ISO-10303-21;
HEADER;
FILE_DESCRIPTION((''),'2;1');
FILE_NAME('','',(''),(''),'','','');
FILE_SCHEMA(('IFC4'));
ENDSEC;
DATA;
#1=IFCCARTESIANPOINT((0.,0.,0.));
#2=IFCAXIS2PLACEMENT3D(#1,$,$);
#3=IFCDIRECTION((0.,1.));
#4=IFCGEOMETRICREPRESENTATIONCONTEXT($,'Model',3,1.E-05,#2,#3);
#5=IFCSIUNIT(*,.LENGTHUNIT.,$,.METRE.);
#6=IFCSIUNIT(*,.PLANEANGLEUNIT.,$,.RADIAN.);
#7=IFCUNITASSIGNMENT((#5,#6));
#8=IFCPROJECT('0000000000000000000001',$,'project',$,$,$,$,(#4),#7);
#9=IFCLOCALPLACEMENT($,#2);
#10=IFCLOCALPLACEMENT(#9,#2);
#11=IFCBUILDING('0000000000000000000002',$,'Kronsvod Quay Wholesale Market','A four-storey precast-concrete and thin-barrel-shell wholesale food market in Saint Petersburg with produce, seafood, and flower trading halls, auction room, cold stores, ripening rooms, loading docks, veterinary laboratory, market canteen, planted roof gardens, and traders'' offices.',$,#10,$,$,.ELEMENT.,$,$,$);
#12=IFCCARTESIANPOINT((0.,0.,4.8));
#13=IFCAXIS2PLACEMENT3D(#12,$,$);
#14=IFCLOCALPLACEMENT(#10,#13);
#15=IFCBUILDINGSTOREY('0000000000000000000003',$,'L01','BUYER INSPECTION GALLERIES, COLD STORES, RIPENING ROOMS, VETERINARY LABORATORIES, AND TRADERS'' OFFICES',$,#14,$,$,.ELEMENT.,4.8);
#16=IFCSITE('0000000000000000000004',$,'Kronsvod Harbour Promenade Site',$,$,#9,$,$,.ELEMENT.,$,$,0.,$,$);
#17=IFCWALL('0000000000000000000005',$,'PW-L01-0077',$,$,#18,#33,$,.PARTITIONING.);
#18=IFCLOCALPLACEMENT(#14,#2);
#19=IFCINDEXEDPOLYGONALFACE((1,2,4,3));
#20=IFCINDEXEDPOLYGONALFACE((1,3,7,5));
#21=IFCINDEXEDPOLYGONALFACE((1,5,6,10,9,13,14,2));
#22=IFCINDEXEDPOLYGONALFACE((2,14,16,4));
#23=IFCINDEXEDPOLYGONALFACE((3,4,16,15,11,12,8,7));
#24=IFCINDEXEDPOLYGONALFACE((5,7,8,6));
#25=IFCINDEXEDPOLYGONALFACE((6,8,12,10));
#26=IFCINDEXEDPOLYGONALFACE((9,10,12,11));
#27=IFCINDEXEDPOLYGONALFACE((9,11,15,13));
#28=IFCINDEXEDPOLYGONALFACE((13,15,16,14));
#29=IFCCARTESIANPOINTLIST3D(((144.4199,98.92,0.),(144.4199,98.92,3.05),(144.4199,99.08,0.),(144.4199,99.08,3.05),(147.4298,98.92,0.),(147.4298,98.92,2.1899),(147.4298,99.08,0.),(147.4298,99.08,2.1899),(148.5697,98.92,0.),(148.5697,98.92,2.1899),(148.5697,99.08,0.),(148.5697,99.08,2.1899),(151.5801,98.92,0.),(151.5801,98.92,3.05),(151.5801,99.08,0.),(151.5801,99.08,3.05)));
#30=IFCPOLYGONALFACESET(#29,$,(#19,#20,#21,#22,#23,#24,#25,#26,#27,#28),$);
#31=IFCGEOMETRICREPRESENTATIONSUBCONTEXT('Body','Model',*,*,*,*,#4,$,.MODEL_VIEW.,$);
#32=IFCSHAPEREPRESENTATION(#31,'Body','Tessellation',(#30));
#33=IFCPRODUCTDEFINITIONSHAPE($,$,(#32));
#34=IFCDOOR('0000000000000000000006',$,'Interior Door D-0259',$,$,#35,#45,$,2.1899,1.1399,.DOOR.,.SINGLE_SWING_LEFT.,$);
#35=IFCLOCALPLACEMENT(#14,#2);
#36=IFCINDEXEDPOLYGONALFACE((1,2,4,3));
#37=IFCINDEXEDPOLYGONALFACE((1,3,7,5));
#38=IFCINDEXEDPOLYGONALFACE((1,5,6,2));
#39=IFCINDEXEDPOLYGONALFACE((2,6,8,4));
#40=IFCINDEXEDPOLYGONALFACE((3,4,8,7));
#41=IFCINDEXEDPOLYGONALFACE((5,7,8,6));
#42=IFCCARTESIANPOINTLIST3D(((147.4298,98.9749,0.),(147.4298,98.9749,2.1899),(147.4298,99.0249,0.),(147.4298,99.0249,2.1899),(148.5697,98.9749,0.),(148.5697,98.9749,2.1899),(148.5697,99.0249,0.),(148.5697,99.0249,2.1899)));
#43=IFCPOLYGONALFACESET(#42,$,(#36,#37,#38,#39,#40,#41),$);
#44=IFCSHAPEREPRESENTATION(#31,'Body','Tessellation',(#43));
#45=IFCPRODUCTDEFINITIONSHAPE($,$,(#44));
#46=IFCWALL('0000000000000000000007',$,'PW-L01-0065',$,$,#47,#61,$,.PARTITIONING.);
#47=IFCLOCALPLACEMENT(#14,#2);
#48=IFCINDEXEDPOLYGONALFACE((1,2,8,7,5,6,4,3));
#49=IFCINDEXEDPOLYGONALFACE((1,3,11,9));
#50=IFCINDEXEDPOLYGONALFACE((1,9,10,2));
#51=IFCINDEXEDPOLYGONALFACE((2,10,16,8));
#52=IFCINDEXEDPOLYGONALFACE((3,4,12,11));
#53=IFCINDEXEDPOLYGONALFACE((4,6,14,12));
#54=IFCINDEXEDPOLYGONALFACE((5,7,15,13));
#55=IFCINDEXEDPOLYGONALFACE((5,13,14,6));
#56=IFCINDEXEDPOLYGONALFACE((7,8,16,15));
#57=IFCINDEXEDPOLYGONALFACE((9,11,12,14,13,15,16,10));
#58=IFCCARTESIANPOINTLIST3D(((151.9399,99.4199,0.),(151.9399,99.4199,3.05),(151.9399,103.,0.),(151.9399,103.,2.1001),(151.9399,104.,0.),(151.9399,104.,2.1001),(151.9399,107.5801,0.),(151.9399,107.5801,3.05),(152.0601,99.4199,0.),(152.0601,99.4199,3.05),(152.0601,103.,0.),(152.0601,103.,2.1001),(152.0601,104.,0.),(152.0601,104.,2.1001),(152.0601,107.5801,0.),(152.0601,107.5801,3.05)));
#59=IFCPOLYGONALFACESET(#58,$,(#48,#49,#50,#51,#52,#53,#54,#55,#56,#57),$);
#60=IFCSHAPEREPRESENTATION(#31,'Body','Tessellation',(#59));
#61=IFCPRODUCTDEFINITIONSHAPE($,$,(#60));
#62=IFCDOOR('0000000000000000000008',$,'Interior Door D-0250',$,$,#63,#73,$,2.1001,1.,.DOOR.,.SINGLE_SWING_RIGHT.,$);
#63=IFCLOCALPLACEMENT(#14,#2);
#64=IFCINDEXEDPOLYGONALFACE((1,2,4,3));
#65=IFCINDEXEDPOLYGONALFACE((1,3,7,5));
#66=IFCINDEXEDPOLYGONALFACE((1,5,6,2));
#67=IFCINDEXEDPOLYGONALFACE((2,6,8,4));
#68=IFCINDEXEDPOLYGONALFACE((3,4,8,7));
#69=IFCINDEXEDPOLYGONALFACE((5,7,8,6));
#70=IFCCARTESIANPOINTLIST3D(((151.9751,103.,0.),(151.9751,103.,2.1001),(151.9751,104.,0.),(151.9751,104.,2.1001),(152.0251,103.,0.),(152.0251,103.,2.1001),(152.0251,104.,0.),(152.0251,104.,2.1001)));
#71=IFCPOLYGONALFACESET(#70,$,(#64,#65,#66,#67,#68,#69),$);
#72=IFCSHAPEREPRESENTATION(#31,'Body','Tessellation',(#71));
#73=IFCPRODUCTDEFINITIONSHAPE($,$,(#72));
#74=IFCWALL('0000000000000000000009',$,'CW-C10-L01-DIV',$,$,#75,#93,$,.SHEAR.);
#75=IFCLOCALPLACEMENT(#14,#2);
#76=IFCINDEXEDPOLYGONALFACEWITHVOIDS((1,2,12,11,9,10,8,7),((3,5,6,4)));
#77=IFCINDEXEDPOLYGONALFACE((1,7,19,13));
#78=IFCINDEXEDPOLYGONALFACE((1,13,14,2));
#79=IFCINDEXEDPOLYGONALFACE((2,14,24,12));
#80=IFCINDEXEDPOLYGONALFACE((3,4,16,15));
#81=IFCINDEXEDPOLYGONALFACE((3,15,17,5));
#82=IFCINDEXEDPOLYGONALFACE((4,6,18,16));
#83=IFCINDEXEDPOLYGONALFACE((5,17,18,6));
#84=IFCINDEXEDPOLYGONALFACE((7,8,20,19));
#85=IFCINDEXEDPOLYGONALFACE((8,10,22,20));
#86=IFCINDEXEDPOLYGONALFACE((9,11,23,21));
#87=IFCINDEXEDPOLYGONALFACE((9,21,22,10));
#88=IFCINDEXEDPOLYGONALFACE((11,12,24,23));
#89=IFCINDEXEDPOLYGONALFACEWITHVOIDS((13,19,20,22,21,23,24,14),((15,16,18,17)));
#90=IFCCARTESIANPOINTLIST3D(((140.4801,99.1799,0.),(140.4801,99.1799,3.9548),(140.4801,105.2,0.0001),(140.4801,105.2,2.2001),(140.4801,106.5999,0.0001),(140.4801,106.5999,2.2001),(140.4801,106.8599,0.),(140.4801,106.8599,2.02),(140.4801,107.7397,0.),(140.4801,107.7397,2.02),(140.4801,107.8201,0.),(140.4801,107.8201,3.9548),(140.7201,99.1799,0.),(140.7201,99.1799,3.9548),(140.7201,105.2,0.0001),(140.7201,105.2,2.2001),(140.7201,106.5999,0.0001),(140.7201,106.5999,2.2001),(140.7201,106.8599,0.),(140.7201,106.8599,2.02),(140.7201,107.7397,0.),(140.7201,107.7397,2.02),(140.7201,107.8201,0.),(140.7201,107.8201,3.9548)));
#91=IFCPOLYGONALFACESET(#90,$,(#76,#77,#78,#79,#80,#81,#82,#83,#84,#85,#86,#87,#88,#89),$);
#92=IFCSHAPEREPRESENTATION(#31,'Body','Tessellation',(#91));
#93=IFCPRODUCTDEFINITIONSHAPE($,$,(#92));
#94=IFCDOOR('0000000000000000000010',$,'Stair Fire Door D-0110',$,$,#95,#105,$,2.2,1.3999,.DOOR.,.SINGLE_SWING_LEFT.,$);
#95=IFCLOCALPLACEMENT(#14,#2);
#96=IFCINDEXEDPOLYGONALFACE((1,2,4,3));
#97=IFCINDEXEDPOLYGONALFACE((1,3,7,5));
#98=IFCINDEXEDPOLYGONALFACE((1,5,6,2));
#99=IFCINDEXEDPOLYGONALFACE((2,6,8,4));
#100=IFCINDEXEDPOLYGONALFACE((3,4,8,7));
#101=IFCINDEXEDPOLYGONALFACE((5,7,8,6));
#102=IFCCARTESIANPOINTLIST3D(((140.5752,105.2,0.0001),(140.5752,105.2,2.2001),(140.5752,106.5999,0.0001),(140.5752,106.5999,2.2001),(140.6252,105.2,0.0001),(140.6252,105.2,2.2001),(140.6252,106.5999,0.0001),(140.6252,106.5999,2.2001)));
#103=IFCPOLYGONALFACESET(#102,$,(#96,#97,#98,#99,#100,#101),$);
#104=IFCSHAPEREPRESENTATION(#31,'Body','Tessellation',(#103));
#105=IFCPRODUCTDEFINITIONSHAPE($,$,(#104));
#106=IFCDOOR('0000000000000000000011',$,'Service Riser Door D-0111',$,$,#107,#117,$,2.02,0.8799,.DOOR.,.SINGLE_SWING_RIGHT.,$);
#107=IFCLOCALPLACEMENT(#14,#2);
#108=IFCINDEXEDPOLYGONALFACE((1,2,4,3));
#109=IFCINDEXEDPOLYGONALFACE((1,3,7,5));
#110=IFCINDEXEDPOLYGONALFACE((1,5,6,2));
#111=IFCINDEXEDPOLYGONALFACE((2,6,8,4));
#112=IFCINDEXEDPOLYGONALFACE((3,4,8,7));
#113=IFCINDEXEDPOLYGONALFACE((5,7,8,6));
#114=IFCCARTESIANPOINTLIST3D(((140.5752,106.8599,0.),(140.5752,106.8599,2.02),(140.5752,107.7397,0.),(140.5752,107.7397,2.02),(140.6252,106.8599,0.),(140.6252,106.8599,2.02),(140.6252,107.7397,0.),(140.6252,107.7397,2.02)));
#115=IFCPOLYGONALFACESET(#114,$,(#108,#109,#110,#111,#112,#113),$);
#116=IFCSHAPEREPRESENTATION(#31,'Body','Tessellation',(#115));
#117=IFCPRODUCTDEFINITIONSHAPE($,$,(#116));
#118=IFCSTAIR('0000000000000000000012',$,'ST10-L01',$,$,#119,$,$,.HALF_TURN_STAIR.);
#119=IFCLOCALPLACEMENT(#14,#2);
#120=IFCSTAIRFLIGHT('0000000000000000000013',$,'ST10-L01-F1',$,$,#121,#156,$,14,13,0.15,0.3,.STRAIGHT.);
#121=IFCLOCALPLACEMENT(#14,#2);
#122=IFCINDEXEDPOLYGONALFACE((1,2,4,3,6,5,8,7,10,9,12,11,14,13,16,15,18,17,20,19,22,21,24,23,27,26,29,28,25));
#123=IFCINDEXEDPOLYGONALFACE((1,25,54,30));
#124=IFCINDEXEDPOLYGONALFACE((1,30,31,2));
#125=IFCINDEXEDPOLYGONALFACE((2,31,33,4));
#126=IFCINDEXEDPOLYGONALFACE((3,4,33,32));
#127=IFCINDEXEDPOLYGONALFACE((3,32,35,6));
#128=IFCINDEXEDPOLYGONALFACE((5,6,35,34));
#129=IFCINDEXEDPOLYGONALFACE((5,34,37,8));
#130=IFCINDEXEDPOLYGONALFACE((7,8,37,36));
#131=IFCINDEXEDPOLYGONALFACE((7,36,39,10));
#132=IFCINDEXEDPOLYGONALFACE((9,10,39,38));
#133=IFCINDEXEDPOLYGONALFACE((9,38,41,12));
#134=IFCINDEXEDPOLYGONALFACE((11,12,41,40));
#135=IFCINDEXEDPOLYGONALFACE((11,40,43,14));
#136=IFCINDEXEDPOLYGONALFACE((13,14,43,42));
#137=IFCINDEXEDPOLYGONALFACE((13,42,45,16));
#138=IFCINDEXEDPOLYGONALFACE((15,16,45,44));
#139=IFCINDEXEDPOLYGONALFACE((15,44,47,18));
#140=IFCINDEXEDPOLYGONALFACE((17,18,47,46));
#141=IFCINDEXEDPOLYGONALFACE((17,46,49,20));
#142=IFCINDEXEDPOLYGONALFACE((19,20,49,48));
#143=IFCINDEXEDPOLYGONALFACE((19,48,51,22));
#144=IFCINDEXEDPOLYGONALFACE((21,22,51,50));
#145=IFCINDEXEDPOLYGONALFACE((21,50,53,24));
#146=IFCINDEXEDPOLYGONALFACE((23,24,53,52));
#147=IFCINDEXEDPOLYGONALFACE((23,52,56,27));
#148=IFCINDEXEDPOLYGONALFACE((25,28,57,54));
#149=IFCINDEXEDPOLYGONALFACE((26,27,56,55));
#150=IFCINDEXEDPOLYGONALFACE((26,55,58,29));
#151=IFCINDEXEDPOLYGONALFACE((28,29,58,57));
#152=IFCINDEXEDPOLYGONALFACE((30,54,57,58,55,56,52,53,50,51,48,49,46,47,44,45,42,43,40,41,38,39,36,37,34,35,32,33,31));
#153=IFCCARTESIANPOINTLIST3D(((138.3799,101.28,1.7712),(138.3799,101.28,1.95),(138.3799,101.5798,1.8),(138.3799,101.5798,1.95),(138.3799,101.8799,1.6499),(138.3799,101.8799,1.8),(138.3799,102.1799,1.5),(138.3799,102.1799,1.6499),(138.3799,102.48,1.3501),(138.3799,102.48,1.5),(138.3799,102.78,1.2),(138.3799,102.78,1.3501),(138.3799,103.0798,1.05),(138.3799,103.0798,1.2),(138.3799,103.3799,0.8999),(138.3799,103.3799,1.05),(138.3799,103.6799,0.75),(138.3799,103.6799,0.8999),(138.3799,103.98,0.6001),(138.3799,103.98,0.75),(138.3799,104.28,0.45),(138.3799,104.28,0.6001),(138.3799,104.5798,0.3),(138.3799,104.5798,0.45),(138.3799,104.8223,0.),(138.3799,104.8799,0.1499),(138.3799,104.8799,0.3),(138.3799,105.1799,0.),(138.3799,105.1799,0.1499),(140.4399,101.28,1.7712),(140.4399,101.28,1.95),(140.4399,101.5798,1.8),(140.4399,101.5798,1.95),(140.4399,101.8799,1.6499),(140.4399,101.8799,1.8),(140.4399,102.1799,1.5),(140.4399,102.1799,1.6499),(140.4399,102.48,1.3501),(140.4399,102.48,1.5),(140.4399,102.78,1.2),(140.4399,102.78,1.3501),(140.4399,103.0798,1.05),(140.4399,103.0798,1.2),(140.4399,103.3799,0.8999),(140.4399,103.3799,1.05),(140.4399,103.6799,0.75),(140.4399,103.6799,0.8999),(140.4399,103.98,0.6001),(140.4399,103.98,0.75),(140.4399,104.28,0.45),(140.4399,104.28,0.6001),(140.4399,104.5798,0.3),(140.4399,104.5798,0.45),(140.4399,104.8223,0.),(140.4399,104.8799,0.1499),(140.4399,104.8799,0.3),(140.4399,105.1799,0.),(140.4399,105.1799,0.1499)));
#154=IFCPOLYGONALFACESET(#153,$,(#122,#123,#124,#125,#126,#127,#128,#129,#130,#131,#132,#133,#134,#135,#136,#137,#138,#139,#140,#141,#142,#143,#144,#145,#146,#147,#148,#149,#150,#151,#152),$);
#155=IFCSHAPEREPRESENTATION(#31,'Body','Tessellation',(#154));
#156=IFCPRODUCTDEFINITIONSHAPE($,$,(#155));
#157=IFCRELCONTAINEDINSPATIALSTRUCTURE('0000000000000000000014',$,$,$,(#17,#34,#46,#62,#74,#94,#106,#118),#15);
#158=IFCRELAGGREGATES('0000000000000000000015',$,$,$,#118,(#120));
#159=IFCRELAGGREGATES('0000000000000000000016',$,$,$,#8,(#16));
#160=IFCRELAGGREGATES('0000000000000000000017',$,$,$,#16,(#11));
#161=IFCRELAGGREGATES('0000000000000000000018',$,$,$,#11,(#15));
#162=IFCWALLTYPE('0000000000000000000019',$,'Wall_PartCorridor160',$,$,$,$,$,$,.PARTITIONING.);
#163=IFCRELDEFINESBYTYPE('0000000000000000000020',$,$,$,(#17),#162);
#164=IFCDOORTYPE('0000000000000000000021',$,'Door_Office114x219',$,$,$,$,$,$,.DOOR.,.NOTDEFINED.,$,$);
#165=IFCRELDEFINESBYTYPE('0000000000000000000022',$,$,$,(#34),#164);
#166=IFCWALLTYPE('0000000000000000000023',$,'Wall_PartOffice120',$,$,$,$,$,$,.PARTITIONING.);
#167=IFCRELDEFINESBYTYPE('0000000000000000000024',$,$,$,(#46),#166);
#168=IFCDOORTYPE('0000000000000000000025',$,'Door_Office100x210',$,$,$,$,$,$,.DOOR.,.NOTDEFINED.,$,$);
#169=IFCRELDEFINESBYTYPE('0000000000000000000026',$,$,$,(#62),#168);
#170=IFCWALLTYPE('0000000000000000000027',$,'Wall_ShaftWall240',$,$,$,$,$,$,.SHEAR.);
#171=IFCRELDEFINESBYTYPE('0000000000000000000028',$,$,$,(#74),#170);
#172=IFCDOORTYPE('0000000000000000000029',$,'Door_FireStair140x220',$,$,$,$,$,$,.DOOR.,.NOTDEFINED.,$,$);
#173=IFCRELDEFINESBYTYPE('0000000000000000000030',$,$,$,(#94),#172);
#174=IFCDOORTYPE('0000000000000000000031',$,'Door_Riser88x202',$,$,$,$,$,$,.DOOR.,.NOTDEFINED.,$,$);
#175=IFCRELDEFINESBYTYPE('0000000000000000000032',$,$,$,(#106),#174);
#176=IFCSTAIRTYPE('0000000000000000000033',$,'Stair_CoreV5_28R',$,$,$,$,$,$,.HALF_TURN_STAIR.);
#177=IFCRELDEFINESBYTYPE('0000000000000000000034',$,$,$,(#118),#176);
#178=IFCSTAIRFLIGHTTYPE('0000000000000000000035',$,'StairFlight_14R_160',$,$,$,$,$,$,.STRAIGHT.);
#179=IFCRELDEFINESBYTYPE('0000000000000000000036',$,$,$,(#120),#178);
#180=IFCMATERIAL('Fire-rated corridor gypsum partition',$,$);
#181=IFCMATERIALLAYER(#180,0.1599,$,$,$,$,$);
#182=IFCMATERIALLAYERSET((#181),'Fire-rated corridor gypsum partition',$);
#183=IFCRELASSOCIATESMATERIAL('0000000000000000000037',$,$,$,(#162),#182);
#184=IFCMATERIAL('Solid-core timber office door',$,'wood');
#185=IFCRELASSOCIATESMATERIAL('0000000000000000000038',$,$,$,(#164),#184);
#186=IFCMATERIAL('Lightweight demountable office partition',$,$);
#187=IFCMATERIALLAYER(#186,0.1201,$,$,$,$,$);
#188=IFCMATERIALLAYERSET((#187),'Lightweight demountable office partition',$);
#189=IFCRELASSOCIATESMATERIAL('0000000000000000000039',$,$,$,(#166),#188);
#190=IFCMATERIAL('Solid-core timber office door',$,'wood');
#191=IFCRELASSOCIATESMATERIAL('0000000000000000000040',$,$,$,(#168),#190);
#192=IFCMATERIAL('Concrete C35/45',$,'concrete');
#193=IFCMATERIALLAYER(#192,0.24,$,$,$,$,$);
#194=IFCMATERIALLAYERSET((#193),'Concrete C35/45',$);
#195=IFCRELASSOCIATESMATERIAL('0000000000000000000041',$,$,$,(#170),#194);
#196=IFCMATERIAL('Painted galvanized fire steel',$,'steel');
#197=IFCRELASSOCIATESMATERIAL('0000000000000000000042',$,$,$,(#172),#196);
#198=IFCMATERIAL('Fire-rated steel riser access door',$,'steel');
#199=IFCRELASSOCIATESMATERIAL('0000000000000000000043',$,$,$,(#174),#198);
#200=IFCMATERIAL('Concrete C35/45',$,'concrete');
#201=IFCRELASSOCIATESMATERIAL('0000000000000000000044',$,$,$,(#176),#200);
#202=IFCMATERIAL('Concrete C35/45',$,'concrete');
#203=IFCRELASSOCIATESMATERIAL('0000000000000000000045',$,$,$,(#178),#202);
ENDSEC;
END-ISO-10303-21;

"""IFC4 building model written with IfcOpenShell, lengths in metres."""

from ifc_helpers import new_model, si_unit, direction, frame, frame_2d, origin, place, context, subcontext, project, spatial, polyline, rectangle, outline, extrude, material, layer, layer_set, type_object, element, fill, aggregate, save


model = new_model("IFC4")

# Units and contexts
model_context = context("Model", 3, precision=1e-05, world=origin(), true_north=direction((0.0, 1.0)))
body_context = subcontext(model_context, "Body", "Model", "MODEL_VIEW")
ifc_project = project(units=[si_unit("LENGTHUNIT", "METRE"), si_unit("PLANEANGLEUNIT", "RADIAN")], contexts=[model_context])

# Site, building, storey
site_placement = place(None, origin())
site = spatial("IfcSite", under=ifc_project, at=site_placement, Name="Kronsvod Harbour Promenade Site", CompositionType="ELEMENT", RefElevation=0.0)
building_placement = place(site_placement, origin())
building = spatial("IfcBuilding", under=site, at=building_placement, Name="Kronsvod Quay Wholesale Market", Description="A four-storey precast-concrete and thin-barrel-shell wholesale food market in Saint Petersburg with produce, seafood, and flower trading halls, auction room, cold stores, ripening rooms, loading docks, veterinary laboratory, market canteen, planted roof gardens, and traders' offices.", CompositionType="ELEMENT")
storey_placement = place(building_placement, frame((0.0, 0.0, 4.8)))
storey = spatial("IfcBuildingStorey", under=building, at=storey_placement, Name="L01", Description="BUYER INSPECTION GALLERIES, COLD STORES, RIPENING ROOMS, VETERINARY LABORATORIES, AND TRADERS' OFFICES", CompositionType="ELEMENT", Elevation=4.8)

# Walls, openings, doors
ifc_material_1 = material(Name="Fire-rated corridor gypsum partition")
ifc_layer_1 = layer(ifc_material_1, 0.1599)
ifc_layer_set_1 = layer_set([ifc_layer_1], Name="Fire-rated corridor gypsum partition")
wall_type_1 = type_object("IfcWallType", Name="Wall_PartCorridor160", PredefinedType="PARTITIONING", material=ifc_layer_set_1)
wall_1_placement = place(storey_placement, frame((144.4199, 99.0, 0.0), z_axis=(0.0, 0.0, 1.0), x_axis=(1.0, 0.0, 0.0)))
wall_1 = element("IfcWall", 1, at=wall_1_placement, inside=storey, type_object=wall_type_1, Name="PW-L01-0077", PredefinedType="PARTITIONING", context=body_context, shape_type="SweptSolid", body=[
    extrude(rectangle(XDim=7.1602, YDim=0.1599, at=frame_2d((3.5801, 0.0))), origin(), (0.0, 0.0, 1.0), 3.05),
])
opening_1_placement = place(wall_1_placement, frame((3.01, 0.0, 0.0)))
opening_1 = element("IfcOpeningElement", 2, at=opening_1_placement, cuts=wall_1, PredefinedType="OPENING", context=body_context, shape_type="SweptSolid", body=[
    extrude(rectangle(XDim=1.1399, YDim=2.1899, at=frame_2d((0.5698, 1.095))), frame((0.0, 0.0898, 0.0), z_axis=(0.0, -1.0, 0.0), x_axis=(1.0, 0.0, 0.0)), (0.0, 0.0, 1.0), 0.1799),
])
ifc_material_2 = material(Name="Solid-core timber office door", Category="wood")
door_type_1 = type_object("IfcDoorType", Name="Door_Office114x219", OperationType="NOTDEFINED", PredefinedType="DOOR", material=ifc_material_2)
door_1_placement = place(opening_1_placement, origin())
door_1 = element("IfcDoor", 3, at=door_1_placement, inside=storey, type_object=door_type_1, Name="Interior Door D-0259", OperationType="SINGLE_SWING_LEFT", OverallHeight=2.1899, OverallWidth=1.1399, PredefinedType="DOOR", context=body_context, shape_type="SweptSolid", body=[
    extrude(rectangle(XDim=1.1399, YDim=2.1899, at=frame_2d((0.5698, 1.095))), frame((0.0, 0.0249, 0.0), z_axis=(0.0, -1.0, 0.0), x_axis=(1.0, 0.0, 0.0)), (0.0, 0.0, 1.0), 0.05),
])
fill(opening_1, door_1)
ifc_material_3 = material(Name="Lightweight demountable office partition")
ifc_layer_2 = layer(ifc_material_3, 0.1201)
ifc_layer_set_2 = layer_set([ifc_layer_2], Name="Lightweight demountable office partition")
wall_type_2 = type_object("IfcWallType", Name="Wall_PartOffice120", PredefinedType="PARTITIONING", material=ifc_layer_set_2)
wall_2_placement = place(storey_placement, frame((152.0, 99.4199, 0.0), z_axis=(0.0, 0.0, 1.0), x_axis=(0.0, 1.0, 0.0)))
wall_2 = element("IfcWall", 4, at=wall_2_placement, inside=storey, type_object=wall_type_2, Name="PW-L01-0065", PredefinedType="PARTITIONING", context=body_context, shape_type="SweptSolid", body=[
    extrude(rectangle(XDim=8.1602, YDim=0.1201, at=frame_2d((4.0801, 0.0))), origin(), (0.0, 0.0, 1.0), 3.05),
])
opening_2_placement = place(wall_2_placement, frame((3.5801, 0.0, 0.0)))
opening_2 = element("IfcOpeningElement", 5, at=opening_2_placement, cuts=wall_2, PredefinedType="OPENING", context=body_context, shape_type="SweptSolid", body=[
    extrude(rectangle(XDim=1.0, YDim=2.1001, at=frame_2d((0.5, 1.05))), frame((0.0, 0.0701, 0.0), z_axis=(0.0, -1.0, 0.0), x_axis=(1.0, 0.0, 0.0)), (0.0, 0.0, 1.0), 0.1401),
])
ifc_material_4 = material(Name="Solid-core timber office door", Category="wood")
door_type_2 = type_object("IfcDoorType", Name="Door_Office100x210", OperationType="NOTDEFINED", PredefinedType="DOOR", material=ifc_material_4)
door_2_placement = place(opening_2_placement, origin())
door_2 = element("IfcDoor", 6, at=door_2_placement, inside=storey, type_object=door_type_2, Name="Interior Door D-0250", OperationType="SINGLE_SWING_RIGHT", OverallHeight=2.1001, OverallWidth=1.0, PredefinedType="DOOR", context=body_context, shape_type="SweptSolid", body=[
    extrude(rectangle(XDim=1.0, YDim=2.1001, at=frame_2d((0.5, 1.05))), frame((0.0, 0.0249, 0.0), z_axis=(0.0, -1.0, 0.0), x_axis=(1.0, 0.0, 0.0)), (0.0, 0.0, 1.0), 0.05),
])
fill(opening_2, door_2)

# Wall, openings, doors
ifc_material_5 = material(Name="Concrete C35/45", Category="concrete")
ifc_layer_3 = layer(ifc_material_5, 0.24)
ifc_layer_set_3 = layer_set([ifc_layer_3], Name="Concrete C35/45")
wall_type_3 = type_object("IfcWallType", Name="Wall_ShaftWall240", PredefinedType="SHEAR", material=ifc_layer_set_3)
wall_3_placement = place(storey_placement, frame((140.6001, 99.1799, 0.0), z_axis=(0.0, 0.0, 1.0), x_axis=(0.0, 1.0, 0.0)))
wall_3 = element("IfcWall", 7, at=wall_3_placement, inside=storey, type_object=wall_type_3, Name="CW-C10-L01-DIV", PredefinedType="SHEAR", context=body_context, shape_type="SweptSolid", body=[
    extrude(rectangle(XDim=8.6401, YDim=0.24, at=frame_2d((4.3201, 0.0))), origin(), (0.0, 0.0, 1.0), 3.9548),
])
opening_3_placement = place(wall_3_placement, frame((6.02, 0.0, 0.0)))
opening_3 = element("IfcOpeningElement", 8, at=opening_3_placement, cuts=wall_3, PredefinedType="OPENING", context=body_context, shape_type="SweptSolid", body=[
    extrude(rectangle(XDim=1.3999, YDim=2.2, at=frame_2d((0.7, 1.1001))), frame((0.0, 0.1299, 0.0), z_axis=(0.0, -1.0, 0.0), x_axis=(1.0, 0.0, 0.0)), (0.0, 0.0, 1.0), 0.26),
])
opening_4_placement = place(wall_3_placement, frame((7.6799, 0.0, 0.0)))
opening_4 = element("IfcOpeningElement", 9, at=opening_4_placement, cuts=wall_3, PredefinedType="OPENING", context=body_context, shape_type="SweptSolid", body=[
    extrude(rectangle(XDim=0.8799, YDim=2.02, at=frame_2d((0.4399, 1.01))), frame((0.0, 0.1299, 0.0), z_axis=(0.0, -1.0, 0.0), x_axis=(1.0, 0.0, 0.0)), (0.0, 0.0, 1.0), 0.26),
])
ifc_material_6 = material(Name="Painted galvanized fire steel", Category="steel")
door_type_3 = type_object("IfcDoorType", Name="Door_FireStair140x220", OperationType="NOTDEFINED", PredefinedType="DOOR", material=ifc_material_6)
door_3_placement = place(opening_3_placement, origin())
door_3 = element("IfcDoor", 10, at=door_3_placement, inside=storey, type_object=door_type_3, Name="Stair Fire Door D-0110", OperationType="SINGLE_SWING_LEFT", OverallHeight=2.2, OverallWidth=1.3999, PredefinedType="DOOR", context=body_context, shape_type="SweptSolid", body=[
    extrude(rectangle(XDim=1.3999, YDim=2.2, at=frame_2d((0.7, 1.1001))), frame((0.0, 0.0249, 0.0), z_axis=(0.0, -1.0, 0.0), x_axis=(1.0, 0.0, 0.0)), (0.0, 0.0, 1.0), 0.05),
])
fill(opening_3, door_3)
ifc_material_7 = material(Name="Fire-rated steel riser access door", Category="steel")
door_type_4 = type_object("IfcDoorType", Name="Door_Riser88x202", OperationType="NOTDEFINED", PredefinedType="DOOR", material=ifc_material_7)
door_4_placement = place(opening_4_placement, origin())
door_4 = element("IfcDoor", 11, at=door_4_placement, inside=storey, type_object=door_type_4, Name="Service Riser Door D-0111", OperationType="SINGLE_SWING_RIGHT", OverallHeight=2.02, OverallWidth=0.8799, PredefinedType="DOOR", context=body_context, shape_type="SweptSolid", body=[
    extrude(rectangle(XDim=0.8799, YDim=2.02, at=frame_2d((0.4399, 1.01))), frame((0.0, 0.0249, 0.0), z_axis=(0.0, -1.0, 0.0), x_axis=(1.0, 0.0, 0.0)), (0.0, 0.0, 1.0), 0.05),
])
fill(opening_4, door_4)

# Stair, stair flight
ifc_material_8 = material(Name="Concrete C35/45", Category="concrete")
stair_type = type_object("IfcStairType", Name="Stair_CoreV5_28R", PredefinedType="HALF_TURN_STAIR", material=ifc_material_8)
stair_placement = place(storey_placement, origin())
stair = element("IfcStair", 12, at=stair_placement, inside=storey, type_object=stair_type, Name="ST10-L01", PredefinedType="HALF_TURN_STAIR")
ifc_material_9 = material(Name="Concrete C35/45", Category="concrete")
stair_flight_type = type_object("IfcStairFlightType", Name="StairFlight_14R_160", PredefinedType="STRAIGHT", material=ifc_material_9)
stair_flight_placement = place(storey_placement, frame((139.4099, 105.1799, 0.0), z_axis=(0.0, 0.0, 1.0), x_axis=(0.0, -1.0, 0.0)))
stair_flight = element("IfcStairFlight", 13, at=stair_flight_placement, type_object=stair_flight_type, Name="ST10-L01-F1", NumberOfRisers=14, NumberOfTreads=13, PredefinedType="STRAIGHT", RiserHeight=0.15, TreadLength=0.3, context=body_context, shape_type="SweptSolid", body=[
    extrude(outline(polyline([(0.0, 0.0), (0.0, 0.1499), (0.3, 0.1499), (0.3, 0.3), (0.6001, 0.3), (0.6001, 0.45), (0.8999, 0.45), (0.8999, 0.6001), (1.2, 0.6001), (1.2, 0.75), (1.5, 0.75), (1.5, 0.8999), (1.8, 0.8999), (1.8, 1.05), (2.1001, 1.05), (2.1001, 1.2), (2.3999, 1.2), (2.3999, 1.3501), (2.7, 1.3501), (2.7, 1.5), (3.0, 1.5), (3.0, 1.6499), (3.3, 1.6499), (3.3, 1.8), (3.6001, 1.8), (3.6001, 1.95), (3.8999, 1.95), (3.8999, 2.1001), (3.8999, 1.7712), (0.3577, 0.0), (0.0, 0.0)])), frame((0.0, 1.03, 0.0), z_axis=(0.0, -1.0, 0.0), x_axis=(1.0, 0.0, 0.0)), (0.0, 0.0, 1.0), 2.0601),
])
aggregate(stair, [stair_flight])

save(model, "model.ifc")
